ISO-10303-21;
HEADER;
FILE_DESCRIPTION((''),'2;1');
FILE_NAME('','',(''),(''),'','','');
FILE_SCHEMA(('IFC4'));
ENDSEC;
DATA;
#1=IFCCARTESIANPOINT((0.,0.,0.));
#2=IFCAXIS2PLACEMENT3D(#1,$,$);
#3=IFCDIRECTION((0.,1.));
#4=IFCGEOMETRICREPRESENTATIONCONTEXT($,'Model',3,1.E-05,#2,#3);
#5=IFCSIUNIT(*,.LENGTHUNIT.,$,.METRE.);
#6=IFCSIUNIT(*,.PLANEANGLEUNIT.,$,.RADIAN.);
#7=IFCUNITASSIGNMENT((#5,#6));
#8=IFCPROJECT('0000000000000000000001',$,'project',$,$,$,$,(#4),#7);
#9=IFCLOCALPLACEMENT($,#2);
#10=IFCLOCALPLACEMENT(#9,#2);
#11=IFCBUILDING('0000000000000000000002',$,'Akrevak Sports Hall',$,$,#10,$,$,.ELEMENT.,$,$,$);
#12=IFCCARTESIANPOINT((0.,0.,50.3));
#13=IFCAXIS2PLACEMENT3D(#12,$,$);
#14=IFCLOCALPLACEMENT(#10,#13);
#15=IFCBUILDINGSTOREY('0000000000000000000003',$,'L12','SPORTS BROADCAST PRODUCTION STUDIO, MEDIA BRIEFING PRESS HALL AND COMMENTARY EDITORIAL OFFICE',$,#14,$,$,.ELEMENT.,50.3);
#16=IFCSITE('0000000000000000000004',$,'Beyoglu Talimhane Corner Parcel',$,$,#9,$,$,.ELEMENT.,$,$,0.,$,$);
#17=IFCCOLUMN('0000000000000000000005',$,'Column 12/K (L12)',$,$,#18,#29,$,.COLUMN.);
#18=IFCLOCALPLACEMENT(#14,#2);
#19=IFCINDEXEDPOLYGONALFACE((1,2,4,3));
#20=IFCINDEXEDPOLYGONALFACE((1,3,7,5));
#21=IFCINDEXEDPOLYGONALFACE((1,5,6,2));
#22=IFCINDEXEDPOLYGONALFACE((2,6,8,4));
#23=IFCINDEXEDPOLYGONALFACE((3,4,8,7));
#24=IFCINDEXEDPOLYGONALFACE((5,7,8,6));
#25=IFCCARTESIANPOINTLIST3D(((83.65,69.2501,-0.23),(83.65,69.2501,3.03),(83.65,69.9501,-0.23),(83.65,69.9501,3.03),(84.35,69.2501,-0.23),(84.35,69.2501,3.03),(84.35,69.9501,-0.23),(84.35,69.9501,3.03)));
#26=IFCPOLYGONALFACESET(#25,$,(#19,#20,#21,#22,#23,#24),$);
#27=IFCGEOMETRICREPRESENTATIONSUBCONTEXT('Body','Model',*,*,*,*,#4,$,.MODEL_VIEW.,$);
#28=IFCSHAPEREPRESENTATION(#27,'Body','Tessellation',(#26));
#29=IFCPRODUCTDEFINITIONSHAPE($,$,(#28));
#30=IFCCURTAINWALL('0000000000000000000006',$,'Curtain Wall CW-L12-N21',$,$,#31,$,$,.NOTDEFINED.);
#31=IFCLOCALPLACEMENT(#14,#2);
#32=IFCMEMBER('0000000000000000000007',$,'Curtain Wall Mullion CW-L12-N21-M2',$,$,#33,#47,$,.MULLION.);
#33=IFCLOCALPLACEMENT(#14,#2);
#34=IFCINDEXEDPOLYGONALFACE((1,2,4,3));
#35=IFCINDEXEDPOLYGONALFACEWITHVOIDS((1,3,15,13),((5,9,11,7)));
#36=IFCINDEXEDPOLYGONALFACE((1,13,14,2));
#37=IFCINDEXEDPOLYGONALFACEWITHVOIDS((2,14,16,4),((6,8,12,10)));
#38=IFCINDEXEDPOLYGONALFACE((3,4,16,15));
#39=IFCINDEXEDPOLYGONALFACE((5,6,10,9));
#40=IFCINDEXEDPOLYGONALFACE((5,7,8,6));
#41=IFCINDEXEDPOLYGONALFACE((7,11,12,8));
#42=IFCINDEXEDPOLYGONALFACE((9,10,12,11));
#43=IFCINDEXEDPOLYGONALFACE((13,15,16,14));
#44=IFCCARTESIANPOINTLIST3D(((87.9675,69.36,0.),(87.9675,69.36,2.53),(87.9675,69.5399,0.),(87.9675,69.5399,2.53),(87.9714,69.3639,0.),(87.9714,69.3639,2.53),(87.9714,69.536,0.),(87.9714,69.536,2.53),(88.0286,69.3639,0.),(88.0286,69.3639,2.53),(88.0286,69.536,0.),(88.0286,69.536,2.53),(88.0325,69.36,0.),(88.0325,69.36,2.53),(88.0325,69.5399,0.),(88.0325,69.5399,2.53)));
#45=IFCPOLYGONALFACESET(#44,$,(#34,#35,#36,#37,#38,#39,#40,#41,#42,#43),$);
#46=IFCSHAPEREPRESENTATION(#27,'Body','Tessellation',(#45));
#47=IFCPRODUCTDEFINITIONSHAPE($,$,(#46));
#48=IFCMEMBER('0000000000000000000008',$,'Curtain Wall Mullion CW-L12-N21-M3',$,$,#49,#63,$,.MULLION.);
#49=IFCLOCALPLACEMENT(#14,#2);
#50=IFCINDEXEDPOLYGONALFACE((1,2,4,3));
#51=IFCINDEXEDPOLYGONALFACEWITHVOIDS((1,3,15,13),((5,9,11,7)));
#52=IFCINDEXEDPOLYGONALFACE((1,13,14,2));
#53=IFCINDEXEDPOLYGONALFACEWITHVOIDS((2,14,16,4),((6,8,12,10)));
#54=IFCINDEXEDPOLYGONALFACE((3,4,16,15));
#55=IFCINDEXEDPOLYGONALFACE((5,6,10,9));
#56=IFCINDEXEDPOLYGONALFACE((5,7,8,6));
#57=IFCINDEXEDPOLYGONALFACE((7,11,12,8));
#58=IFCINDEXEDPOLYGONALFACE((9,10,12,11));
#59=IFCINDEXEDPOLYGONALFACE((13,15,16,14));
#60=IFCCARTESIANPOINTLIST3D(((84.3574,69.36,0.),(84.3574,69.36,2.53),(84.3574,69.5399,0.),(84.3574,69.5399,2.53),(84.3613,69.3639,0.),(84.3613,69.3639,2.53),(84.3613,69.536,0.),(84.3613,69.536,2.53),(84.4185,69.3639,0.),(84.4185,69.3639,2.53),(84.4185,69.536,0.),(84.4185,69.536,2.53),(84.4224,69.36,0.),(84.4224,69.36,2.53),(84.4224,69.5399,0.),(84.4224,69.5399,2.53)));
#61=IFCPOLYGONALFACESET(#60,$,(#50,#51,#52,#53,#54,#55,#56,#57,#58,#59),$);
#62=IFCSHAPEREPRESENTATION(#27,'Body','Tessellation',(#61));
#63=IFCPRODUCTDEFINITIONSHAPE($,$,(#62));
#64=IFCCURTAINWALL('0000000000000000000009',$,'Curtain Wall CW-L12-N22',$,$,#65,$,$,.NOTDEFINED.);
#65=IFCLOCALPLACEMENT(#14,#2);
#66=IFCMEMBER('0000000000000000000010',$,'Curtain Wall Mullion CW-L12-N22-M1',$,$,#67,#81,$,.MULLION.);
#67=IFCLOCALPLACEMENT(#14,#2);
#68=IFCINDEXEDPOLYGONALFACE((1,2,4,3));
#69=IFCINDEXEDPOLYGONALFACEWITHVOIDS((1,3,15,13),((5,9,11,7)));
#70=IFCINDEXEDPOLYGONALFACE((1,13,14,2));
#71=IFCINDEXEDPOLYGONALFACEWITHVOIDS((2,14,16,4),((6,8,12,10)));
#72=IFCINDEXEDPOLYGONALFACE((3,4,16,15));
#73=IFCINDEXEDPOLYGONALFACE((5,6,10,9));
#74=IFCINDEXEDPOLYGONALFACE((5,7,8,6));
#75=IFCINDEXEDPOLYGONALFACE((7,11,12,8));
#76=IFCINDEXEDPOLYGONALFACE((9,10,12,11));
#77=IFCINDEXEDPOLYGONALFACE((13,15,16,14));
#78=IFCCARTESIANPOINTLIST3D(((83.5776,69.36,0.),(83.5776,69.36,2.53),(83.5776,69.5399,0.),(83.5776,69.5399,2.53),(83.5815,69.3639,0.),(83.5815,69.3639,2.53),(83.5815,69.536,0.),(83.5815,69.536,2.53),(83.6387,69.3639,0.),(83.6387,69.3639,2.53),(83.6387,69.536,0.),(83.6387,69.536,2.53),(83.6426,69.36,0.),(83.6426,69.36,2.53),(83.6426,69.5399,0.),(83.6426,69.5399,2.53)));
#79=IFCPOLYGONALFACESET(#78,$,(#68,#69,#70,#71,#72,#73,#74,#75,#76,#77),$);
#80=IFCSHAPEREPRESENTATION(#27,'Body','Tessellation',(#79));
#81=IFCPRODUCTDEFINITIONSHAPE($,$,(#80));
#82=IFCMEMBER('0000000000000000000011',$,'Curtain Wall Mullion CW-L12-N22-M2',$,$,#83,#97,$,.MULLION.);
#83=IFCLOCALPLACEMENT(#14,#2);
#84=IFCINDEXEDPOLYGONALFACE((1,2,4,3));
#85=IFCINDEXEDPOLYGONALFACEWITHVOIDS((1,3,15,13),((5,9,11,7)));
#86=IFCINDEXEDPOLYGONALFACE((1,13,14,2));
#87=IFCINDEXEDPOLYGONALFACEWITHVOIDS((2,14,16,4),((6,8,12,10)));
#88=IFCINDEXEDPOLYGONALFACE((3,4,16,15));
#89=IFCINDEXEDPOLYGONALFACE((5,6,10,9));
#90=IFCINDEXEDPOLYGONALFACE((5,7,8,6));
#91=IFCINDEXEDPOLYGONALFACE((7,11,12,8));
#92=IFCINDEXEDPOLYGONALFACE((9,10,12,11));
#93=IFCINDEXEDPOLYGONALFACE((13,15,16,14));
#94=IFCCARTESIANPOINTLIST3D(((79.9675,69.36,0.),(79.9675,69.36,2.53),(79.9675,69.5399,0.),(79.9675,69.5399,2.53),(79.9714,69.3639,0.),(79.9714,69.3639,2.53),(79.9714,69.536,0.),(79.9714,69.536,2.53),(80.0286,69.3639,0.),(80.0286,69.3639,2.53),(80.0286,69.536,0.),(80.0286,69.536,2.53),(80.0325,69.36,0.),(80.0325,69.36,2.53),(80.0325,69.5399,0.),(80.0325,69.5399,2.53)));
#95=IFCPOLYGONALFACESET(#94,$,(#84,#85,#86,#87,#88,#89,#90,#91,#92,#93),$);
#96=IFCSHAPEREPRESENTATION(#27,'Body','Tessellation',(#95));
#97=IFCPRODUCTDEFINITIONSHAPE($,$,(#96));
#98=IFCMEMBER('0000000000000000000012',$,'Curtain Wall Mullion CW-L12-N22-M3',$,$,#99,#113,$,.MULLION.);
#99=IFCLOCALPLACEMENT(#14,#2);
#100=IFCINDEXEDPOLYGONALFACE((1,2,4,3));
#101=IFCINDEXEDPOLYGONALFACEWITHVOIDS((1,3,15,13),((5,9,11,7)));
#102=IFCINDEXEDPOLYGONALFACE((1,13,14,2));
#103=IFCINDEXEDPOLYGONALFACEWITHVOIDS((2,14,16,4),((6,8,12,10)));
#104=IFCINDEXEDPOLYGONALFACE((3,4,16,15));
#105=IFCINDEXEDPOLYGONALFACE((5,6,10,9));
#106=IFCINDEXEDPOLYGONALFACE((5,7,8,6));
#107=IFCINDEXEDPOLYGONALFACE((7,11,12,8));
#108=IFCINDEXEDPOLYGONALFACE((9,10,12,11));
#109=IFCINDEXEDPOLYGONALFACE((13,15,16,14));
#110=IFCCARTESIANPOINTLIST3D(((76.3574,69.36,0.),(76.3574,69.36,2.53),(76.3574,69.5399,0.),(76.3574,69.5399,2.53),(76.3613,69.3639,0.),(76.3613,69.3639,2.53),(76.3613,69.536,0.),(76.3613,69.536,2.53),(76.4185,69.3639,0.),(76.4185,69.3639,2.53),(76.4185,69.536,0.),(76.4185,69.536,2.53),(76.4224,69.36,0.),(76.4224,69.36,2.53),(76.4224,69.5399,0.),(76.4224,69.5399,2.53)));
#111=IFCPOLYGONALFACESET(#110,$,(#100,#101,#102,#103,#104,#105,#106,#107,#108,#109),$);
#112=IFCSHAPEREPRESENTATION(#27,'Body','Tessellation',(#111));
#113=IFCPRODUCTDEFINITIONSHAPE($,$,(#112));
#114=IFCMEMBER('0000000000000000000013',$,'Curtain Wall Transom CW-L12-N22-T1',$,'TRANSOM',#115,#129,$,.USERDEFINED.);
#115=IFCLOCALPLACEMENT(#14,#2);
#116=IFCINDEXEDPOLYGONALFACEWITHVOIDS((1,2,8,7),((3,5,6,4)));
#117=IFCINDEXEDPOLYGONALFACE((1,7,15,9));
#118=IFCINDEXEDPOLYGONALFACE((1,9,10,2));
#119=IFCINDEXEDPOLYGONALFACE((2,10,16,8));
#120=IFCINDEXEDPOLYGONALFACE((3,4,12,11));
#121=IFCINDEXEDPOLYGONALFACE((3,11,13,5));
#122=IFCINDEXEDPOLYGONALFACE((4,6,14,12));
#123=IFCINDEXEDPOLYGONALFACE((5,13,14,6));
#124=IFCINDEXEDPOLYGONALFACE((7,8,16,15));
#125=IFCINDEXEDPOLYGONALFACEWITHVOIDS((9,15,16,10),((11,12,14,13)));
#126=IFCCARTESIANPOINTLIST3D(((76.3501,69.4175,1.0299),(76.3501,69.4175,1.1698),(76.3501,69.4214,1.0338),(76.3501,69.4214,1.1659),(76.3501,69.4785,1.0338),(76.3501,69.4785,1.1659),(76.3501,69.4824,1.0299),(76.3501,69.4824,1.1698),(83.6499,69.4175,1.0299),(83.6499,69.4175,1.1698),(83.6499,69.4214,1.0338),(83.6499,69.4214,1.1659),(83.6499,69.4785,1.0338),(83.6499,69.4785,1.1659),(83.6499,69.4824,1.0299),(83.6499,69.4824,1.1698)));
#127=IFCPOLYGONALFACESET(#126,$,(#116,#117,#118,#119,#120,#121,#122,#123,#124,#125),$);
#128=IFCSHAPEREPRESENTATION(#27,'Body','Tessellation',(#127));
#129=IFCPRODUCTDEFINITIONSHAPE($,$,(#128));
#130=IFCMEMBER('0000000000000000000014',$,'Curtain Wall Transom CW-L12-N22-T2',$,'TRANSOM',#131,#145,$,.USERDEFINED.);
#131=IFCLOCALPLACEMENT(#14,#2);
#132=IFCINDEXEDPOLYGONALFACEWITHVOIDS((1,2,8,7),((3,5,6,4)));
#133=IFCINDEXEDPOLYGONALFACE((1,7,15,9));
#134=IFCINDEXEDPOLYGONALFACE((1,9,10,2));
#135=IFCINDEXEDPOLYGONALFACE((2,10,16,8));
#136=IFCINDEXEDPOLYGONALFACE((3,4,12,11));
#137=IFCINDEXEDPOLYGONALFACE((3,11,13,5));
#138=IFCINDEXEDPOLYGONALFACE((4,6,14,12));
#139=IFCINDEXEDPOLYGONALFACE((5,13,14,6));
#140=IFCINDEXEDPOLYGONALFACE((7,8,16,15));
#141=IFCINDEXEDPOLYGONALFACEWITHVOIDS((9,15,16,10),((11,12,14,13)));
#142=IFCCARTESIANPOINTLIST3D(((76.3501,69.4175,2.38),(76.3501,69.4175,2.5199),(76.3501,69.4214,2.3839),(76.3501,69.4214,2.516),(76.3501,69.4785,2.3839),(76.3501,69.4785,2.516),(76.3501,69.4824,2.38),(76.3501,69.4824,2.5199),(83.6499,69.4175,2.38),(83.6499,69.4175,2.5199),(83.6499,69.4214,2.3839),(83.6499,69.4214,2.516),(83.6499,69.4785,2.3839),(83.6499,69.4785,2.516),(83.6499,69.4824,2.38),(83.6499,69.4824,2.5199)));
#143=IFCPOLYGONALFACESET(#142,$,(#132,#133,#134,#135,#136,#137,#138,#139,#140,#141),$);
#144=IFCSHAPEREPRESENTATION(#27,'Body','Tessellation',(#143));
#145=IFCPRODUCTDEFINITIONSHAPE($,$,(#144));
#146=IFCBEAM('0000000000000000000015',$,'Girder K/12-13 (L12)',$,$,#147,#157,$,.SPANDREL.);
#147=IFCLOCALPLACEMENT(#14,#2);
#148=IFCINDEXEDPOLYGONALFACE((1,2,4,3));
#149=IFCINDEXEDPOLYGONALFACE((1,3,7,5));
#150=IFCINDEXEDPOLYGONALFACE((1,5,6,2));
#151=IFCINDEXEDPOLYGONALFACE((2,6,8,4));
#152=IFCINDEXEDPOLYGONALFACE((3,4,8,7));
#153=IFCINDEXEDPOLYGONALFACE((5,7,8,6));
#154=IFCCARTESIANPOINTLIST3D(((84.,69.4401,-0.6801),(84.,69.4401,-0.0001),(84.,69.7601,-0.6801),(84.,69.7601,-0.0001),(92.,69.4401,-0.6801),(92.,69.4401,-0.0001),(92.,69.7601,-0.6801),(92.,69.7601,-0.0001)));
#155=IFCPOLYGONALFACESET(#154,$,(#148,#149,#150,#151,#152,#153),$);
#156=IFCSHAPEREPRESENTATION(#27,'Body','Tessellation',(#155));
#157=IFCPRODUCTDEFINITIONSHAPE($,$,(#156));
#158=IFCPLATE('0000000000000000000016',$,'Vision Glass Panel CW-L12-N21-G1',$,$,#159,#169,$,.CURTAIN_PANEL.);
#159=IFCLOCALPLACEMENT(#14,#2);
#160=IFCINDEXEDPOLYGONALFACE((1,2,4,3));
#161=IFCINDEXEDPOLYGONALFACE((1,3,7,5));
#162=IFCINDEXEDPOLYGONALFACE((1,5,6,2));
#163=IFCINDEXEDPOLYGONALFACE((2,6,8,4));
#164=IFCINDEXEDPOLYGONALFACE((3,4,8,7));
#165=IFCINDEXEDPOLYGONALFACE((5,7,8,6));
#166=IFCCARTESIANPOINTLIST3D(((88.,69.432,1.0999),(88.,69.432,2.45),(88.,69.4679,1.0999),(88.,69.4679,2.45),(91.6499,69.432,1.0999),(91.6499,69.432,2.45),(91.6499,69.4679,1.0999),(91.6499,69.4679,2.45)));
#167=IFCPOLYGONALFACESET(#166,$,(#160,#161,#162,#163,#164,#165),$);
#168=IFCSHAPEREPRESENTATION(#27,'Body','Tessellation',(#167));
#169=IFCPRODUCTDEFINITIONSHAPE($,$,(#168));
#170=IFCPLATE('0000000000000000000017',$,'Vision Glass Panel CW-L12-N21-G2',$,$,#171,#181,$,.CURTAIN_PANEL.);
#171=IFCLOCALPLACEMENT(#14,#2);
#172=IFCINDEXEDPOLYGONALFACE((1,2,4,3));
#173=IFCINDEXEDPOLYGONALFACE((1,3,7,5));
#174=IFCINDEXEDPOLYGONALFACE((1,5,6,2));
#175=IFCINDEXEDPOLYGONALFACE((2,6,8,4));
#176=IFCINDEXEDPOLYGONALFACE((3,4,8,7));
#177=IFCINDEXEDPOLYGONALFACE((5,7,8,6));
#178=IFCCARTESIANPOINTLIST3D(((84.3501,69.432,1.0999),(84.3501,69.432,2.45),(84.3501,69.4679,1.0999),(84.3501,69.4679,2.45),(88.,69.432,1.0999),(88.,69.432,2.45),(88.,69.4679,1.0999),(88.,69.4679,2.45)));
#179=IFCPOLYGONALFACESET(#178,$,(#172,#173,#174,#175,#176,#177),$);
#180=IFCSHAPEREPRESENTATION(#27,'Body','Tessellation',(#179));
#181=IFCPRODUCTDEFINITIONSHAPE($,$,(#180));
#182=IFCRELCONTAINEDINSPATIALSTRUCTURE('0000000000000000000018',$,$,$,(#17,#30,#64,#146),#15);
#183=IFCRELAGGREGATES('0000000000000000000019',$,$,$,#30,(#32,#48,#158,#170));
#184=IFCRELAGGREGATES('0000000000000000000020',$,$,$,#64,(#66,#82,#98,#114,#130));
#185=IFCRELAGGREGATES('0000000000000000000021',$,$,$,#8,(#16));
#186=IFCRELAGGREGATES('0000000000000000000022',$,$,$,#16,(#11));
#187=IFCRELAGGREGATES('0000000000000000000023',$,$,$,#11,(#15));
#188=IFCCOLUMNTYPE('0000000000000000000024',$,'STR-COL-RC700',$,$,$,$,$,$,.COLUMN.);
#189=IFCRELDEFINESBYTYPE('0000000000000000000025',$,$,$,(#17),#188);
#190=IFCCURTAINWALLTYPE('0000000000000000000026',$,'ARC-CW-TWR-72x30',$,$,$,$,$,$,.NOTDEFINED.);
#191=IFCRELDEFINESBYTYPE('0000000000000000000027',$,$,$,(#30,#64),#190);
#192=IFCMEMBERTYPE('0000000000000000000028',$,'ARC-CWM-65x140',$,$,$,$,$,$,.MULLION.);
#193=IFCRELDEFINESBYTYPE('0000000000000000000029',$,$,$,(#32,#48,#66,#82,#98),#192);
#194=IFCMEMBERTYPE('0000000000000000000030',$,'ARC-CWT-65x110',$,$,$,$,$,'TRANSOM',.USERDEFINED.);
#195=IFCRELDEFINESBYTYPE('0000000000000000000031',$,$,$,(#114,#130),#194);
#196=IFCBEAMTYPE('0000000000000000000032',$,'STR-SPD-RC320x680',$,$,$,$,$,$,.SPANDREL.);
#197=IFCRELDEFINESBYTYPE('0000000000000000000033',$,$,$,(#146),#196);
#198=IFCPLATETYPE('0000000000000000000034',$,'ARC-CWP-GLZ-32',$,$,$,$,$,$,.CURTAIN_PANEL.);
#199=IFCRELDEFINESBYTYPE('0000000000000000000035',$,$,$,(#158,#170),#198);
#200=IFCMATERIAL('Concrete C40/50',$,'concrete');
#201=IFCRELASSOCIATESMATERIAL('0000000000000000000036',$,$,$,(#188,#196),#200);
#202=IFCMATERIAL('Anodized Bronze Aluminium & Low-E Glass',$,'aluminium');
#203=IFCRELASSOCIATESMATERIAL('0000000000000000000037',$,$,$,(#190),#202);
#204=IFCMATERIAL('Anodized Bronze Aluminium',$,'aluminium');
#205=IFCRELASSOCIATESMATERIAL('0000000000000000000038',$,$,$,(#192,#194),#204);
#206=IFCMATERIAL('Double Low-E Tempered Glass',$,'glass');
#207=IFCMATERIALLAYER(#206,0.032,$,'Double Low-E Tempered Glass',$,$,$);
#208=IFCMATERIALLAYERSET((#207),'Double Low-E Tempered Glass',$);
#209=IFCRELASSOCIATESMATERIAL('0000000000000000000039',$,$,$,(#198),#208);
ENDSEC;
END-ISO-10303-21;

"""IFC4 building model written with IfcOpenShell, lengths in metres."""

from ifc_helpers import new_model, si_unit, direction, frame, origin, origin_2d, place, context, subcontext, project, spatial, rectangle, hollow_rectangle, extrude, material, layer, layer_set, material_profile, profile_set, type_object, element, aggregate, save


model = new_model("IFC4")

# Units and contexts
model_context = context("Model", 3, precision=1e-05, world=origin(), true_north=direction((0.0, 1.0)))
body_context = subcontext(model_context, "Body", "Model", "MODEL_VIEW")
ifc_project = project(units=[si_unit("LENGTHUNIT", "METRE"), si_unit("PLANEANGLEUNIT", "RADIAN")], contexts=[model_context])

# Site, building, storey
site_placement = place(None, origin())
site = spatial("IfcSite", under=ifc_project, at=site_placement, Name="Beyoglu Talimhane Corner Parcel", CompositionType="ELEMENT", RefElevation=0.0)
building_placement = place(site_placement, origin())
building = spatial("IfcBuilding", under=site, at=building_placement, Name="Akrevak Sports Hall", CompositionType="ELEMENT")
storey_placement = place(building_placement, frame((0.0, 0.0, 50.3)))
storey = spatial("IfcBuildingStorey", under=building, at=storey_placement, Name="L12", Description="SPORTS BROADCAST PRODUCTION STUDIO, MEDIA BRIEFING PRESS HALL AND COMMENTARY EDITORIAL OFFICE", CompositionType="ELEMENT", Elevation=50.3)

# Column
ifc_material_1 = material(Name="Concrete C40/50", Category="concrete")
ifc_material_profile_1 = material_profile(ifc_material_1, rectangle(XDim=0.7, YDim=0.7, at=origin_2d()), Name="RC 700x700", Category="concrete")
ifc_profile_set_1 = profile_set([ifc_material_profile_1], Name="Concrete C40/50")
column_type = type_object("IfcColumnType", Name="STR-COL-RC700", PredefinedType="COLUMN", material=ifc_profile_set_1)
column_placement = place(storey_placement, frame((84.0, 69.6001, -0.23), z_axis=(0.0, 0.0, 1.0), x_axis=(1.0, 0.0, 0.0)))
element("IfcColumn", 1, at=column_placement, inside=storey, type_object=column_type, Name="Column 12/K (L12)", PredefinedType="COLUMN", context=body_context, shape_type="SweptSolid", body=[
    extrude(rectangle(XDim=0.7, YDim=0.7, at=origin_2d()), origin(), (0.0, 0.0, 1.0), 3.26),
])

# Curtain walls, members
ifc_material_2 = material(Name="Anodized Bronze Aluminium & Low-E Glass", Category="aluminium")
curtain_wall_type = type_object("IfcCurtainWallType", Name="ARC-CW-TWR-72x30", PredefinedType="NOTDEFINED", material=ifc_material_2)
curtain_wall_1_placement = place(storey_placement, origin())
curtain_wall_1 = element("IfcCurtainWall", 2, at=curtain_wall_1_placement, inside=storey, type_object=curtain_wall_type, Name="Curtain Wall CW-L12-N21", PredefinedType="NOTDEFINED")
ifc_material_3 = material(Name="Anodized Bronze Aluminium", Category="aluminium")
ifc_material_profile_2 = material_profile(ifc_material_3, hollow_rectangle(XDim=0.0649, YDim=0.1799, WallThickness=0.0039, at=origin_2d()), Name="CWM 65x180", Category="aluminium")
ifc_profile_set_2 = profile_set([ifc_material_profile_2], Name="Anodized Bronze Aluminium")
member_type_1 = type_object("IfcMemberType", Name="ARC-CWM-65x140", PredefinedType="MULLION", material=ifc_profile_set_2)
member_1_placement = place(storey_placement, frame((88.0, 69.45, 0.0), z_axis=(0.0, 0.0, 1.0), x_axis=(-1.0, 0.0, 0.0)))
member_1 = element("IfcMember", 3, at=member_1_placement, type_object=member_type_1, Name="Curtain Wall Mullion CW-L12-N21-M2", PredefinedType="MULLION", context=body_context, shape_type="SweptSolid", body=[
    extrude(hollow_rectangle(XDim=0.0649, YDim=0.1799, WallThickness=0.0039, at=origin_2d()), origin(), (0.0, 0.0, 1.0), 2.53),
])
member_2_placement = place(storey_placement, frame((84.3899, 69.45, 0.0), z_axis=(0.0, 0.0, 1.0), x_axis=(-1.0, 0.0, 0.0)))
member_2 = element("IfcMember", 4, at=member_2_placement, type_object=member_type_1, Name="Curtain Wall Mullion CW-L12-N21-M3", PredefinedType="MULLION", context=body_context, shape_type="SweptSolid", body=[
    extrude(hollow_rectangle(XDim=0.0649, YDim=0.1799, WallThickness=0.0039, at=origin_2d()), origin(), (0.0, 0.0, 1.0), 2.53),
])
curtain_wall_2_placement = place(storey_placement, origin())
curtain_wall_2 = element("IfcCurtainWall", 5, at=curtain_wall_2_placement, inside=storey, type_object=curtain_wall_type, Name="Curtain Wall CW-L12-N22", PredefinedType="NOTDEFINED")
member_3_placement = place(storey_placement, frame((83.6101, 69.45, 0.0), z_axis=(0.0, 0.0, 1.0), x_axis=(-1.0, 0.0, 0.0)))
member_3 = element("IfcMember", 6, at=member_3_placement, type_object=member_type_1, Name="Curtain Wall Mullion CW-L12-N22-M1", PredefinedType="MULLION", context=body_context, shape_type="SweptSolid", body=[
    extrude(hollow_rectangle(XDim=0.0649, YDim=0.1799, WallThickness=0.0039, at=origin_2d()), origin(), (0.0, 0.0, 1.0), 2.53),
])
member_4_placement = place(storey_placement, frame((80.0, 69.45, 0.0), z_axis=(0.0, 0.0, 1.0), x_axis=(-1.0, 0.0, 0.0)))
member_4 = element("IfcMember", 7, at=member_4_placement, type_object=member_type_1, Name="Curtain Wall Mullion CW-L12-N22-M2", PredefinedType="MULLION", context=body_context, shape_type="SweptSolid", body=[
    extrude(hollow_rectangle(XDim=0.0649, YDim=0.1799, WallThickness=0.0039, at=origin_2d()), origin(), (0.0, 0.0, 1.0), 2.53),
])
member_5_placement = place(storey_placement, frame((76.3899, 69.45, 0.0), z_axis=(0.0, 0.0, 1.0), x_axis=(-1.0, 0.0, 0.0)))
member_5 = element("IfcMember", 8, at=member_5_placement, type_object=member_type_1, Name="Curtain Wall Mullion CW-L12-N22-M3", PredefinedType="MULLION", context=body_context, shape_type="SweptSolid", body=[
    extrude(hollow_rectangle(XDim=0.0649, YDim=0.1799, WallThickness=0.0039, at=origin_2d()), origin(), (0.0, 0.0, 1.0), 2.53),
])
ifc_material_profile_3 = material_profile(ifc_material_3, hollow_rectangle(XDim=0.0649, YDim=0.1399, WallThickness=0.0039, at=origin_2d()), Name="CWT 65x140", Category="aluminium")
ifc_profile_set_3 = profile_set([ifc_material_profile_3], Name="Anodized Bronze Aluminium")
member_type_2 = type_object("IfcMemberType", Name="ARC-CWT-65x110", ElementType="TRANSOM", PredefinedType="USERDEFINED", material=ifc_profile_set_3)
member_6_placement = place(storey_placement, frame((83.6499, 69.45, 1.0999), z_axis=(-1.0, 0.0, 0.0), x_axis=(0.0, -1.0, 0.0)))
member_6 = element("IfcMember", 9, at=member_6_placement, type_object=member_type_2, Name="Curtain Wall Transom CW-L12-N22-T1", ObjectType="TRANSOM", PredefinedType="USERDEFINED", context=body_context, shape_type="SweptSolid", body=[
    extrude(hollow_rectangle(XDim=0.0649, YDim=0.1399, WallThickness=0.0039, at=origin_2d()), origin(), (0.0, 0.0, 1.0), 7.2998),
])
member_7_placement = place(storey_placement, frame((83.6499, 69.45, 2.45), z_axis=(-1.0, 0.0, 0.0), x_axis=(0.0, -1.0, 0.0)))
member_7 = element("IfcMember", 10, at=member_7_placement, type_object=member_type_2, Name="Curtain Wall Transom CW-L12-N22-T2", ObjectType="TRANSOM", PredefinedType="USERDEFINED", context=body_context, shape_type="SweptSolid", body=[
    extrude(hollow_rectangle(XDim=0.0649, YDim=0.1399, WallThickness=0.0039, at=origin_2d()), origin(), (0.0, 0.0, 1.0), 7.2998),
])

# Beam
ifc_material_profile_4 = material_profile(ifc_material_1, rectangle(XDim=0.3201, YDim=0.6799, at=origin_2d()), Name="SPD 320x680", Category="concrete")
ifc_profile_set_4 = profile_set([ifc_material_profile_4], Name="Concrete C40/50")
beam_type = type_object("IfcBeamType", Name="STR-SPD-RC320x680", PredefinedType="SPANDREL", material=ifc_profile_set_4)
beam_placement = place(storey_placement, frame((84.0, 69.6001, -0.3401), z_axis=(1.0, 0.0, 0.0), x_axis=(0.0, 1.0, 0.0)))
element("IfcBeam", 11, at=beam_placement, inside=storey, type_object=beam_type, Name="Girder K/12-13 (L12)", PredefinedType="SPANDREL", context=body_context, shape_type="SweptSolid", body=[
    extrude(rectangle(XDim=0.3201, YDim=0.6799, at=origin_2d()), origin(), (0.0, 0.0, 1.0), 8.0),
])

# Plates
ifc_material_4 = material(Name="Double Low-E Tempered Glass", Category="glass")
ifc_layer_1 = layer(ifc_material_4, 0.032, Name="Double Low-E Tempered Glass")
ifc_layer_set_1 = layer_set([ifc_layer_1], Name="Double Low-E Tempered Glass")
plate_type_1 = type_object("IfcPlateType", Name="ARC-CWP-GLZ-32", PredefinedType="CURTAIN_PANEL", material=ifc_layer_set_1)
plate_1_placement = place(storey_placement, frame((89.825, 69.45, 1.0999), z_axis=(0.0, 0.0, 1.0), x_axis=(-1.0, 0.0, 0.0)))
plate_1 = element("IfcPlate", 12, at=plate_1_placement, type_object=plate_type_1, Name="Vision Glass Panel CW-L12-N21-G1", PredefinedType="CURTAIN_PANEL", context=body_context, shape_type="SweptSolid", body=[
    extrude(rectangle(XDim=3.6499, YDim=0.0359, at=origin_2d()), origin(), (0.0, 0.0, 1.0), 1.3501),
])
plate_2_placement = place(storey_placement, frame((86.175, 69.45, 1.0999), z_axis=(0.0, 0.0, 1.0), x_axis=(-1.0, 0.0, 0.0)))
plate_2 = element("IfcPlate", 13, at=plate_2_placement, type_object=plate_type_1, Name="Vision Glass Panel CW-L12-N21-G2", PredefinedType="CURTAIN_PANEL", context=body_context, shape_type="SweptSolid", body=[
    extrude(rectangle(XDim=3.6499, YDim=0.0359, at=origin_2d()), origin(), (0.0, 0.0, 1.0), 1.3501),
])
aggregate(curtain_wall_1, [member_1, member_2, plate_1, plate_2])
aggregate(curtain_wall_2, [member_3, member_4, member_5, member_6, member_7])

save(model, "model.ifc")
